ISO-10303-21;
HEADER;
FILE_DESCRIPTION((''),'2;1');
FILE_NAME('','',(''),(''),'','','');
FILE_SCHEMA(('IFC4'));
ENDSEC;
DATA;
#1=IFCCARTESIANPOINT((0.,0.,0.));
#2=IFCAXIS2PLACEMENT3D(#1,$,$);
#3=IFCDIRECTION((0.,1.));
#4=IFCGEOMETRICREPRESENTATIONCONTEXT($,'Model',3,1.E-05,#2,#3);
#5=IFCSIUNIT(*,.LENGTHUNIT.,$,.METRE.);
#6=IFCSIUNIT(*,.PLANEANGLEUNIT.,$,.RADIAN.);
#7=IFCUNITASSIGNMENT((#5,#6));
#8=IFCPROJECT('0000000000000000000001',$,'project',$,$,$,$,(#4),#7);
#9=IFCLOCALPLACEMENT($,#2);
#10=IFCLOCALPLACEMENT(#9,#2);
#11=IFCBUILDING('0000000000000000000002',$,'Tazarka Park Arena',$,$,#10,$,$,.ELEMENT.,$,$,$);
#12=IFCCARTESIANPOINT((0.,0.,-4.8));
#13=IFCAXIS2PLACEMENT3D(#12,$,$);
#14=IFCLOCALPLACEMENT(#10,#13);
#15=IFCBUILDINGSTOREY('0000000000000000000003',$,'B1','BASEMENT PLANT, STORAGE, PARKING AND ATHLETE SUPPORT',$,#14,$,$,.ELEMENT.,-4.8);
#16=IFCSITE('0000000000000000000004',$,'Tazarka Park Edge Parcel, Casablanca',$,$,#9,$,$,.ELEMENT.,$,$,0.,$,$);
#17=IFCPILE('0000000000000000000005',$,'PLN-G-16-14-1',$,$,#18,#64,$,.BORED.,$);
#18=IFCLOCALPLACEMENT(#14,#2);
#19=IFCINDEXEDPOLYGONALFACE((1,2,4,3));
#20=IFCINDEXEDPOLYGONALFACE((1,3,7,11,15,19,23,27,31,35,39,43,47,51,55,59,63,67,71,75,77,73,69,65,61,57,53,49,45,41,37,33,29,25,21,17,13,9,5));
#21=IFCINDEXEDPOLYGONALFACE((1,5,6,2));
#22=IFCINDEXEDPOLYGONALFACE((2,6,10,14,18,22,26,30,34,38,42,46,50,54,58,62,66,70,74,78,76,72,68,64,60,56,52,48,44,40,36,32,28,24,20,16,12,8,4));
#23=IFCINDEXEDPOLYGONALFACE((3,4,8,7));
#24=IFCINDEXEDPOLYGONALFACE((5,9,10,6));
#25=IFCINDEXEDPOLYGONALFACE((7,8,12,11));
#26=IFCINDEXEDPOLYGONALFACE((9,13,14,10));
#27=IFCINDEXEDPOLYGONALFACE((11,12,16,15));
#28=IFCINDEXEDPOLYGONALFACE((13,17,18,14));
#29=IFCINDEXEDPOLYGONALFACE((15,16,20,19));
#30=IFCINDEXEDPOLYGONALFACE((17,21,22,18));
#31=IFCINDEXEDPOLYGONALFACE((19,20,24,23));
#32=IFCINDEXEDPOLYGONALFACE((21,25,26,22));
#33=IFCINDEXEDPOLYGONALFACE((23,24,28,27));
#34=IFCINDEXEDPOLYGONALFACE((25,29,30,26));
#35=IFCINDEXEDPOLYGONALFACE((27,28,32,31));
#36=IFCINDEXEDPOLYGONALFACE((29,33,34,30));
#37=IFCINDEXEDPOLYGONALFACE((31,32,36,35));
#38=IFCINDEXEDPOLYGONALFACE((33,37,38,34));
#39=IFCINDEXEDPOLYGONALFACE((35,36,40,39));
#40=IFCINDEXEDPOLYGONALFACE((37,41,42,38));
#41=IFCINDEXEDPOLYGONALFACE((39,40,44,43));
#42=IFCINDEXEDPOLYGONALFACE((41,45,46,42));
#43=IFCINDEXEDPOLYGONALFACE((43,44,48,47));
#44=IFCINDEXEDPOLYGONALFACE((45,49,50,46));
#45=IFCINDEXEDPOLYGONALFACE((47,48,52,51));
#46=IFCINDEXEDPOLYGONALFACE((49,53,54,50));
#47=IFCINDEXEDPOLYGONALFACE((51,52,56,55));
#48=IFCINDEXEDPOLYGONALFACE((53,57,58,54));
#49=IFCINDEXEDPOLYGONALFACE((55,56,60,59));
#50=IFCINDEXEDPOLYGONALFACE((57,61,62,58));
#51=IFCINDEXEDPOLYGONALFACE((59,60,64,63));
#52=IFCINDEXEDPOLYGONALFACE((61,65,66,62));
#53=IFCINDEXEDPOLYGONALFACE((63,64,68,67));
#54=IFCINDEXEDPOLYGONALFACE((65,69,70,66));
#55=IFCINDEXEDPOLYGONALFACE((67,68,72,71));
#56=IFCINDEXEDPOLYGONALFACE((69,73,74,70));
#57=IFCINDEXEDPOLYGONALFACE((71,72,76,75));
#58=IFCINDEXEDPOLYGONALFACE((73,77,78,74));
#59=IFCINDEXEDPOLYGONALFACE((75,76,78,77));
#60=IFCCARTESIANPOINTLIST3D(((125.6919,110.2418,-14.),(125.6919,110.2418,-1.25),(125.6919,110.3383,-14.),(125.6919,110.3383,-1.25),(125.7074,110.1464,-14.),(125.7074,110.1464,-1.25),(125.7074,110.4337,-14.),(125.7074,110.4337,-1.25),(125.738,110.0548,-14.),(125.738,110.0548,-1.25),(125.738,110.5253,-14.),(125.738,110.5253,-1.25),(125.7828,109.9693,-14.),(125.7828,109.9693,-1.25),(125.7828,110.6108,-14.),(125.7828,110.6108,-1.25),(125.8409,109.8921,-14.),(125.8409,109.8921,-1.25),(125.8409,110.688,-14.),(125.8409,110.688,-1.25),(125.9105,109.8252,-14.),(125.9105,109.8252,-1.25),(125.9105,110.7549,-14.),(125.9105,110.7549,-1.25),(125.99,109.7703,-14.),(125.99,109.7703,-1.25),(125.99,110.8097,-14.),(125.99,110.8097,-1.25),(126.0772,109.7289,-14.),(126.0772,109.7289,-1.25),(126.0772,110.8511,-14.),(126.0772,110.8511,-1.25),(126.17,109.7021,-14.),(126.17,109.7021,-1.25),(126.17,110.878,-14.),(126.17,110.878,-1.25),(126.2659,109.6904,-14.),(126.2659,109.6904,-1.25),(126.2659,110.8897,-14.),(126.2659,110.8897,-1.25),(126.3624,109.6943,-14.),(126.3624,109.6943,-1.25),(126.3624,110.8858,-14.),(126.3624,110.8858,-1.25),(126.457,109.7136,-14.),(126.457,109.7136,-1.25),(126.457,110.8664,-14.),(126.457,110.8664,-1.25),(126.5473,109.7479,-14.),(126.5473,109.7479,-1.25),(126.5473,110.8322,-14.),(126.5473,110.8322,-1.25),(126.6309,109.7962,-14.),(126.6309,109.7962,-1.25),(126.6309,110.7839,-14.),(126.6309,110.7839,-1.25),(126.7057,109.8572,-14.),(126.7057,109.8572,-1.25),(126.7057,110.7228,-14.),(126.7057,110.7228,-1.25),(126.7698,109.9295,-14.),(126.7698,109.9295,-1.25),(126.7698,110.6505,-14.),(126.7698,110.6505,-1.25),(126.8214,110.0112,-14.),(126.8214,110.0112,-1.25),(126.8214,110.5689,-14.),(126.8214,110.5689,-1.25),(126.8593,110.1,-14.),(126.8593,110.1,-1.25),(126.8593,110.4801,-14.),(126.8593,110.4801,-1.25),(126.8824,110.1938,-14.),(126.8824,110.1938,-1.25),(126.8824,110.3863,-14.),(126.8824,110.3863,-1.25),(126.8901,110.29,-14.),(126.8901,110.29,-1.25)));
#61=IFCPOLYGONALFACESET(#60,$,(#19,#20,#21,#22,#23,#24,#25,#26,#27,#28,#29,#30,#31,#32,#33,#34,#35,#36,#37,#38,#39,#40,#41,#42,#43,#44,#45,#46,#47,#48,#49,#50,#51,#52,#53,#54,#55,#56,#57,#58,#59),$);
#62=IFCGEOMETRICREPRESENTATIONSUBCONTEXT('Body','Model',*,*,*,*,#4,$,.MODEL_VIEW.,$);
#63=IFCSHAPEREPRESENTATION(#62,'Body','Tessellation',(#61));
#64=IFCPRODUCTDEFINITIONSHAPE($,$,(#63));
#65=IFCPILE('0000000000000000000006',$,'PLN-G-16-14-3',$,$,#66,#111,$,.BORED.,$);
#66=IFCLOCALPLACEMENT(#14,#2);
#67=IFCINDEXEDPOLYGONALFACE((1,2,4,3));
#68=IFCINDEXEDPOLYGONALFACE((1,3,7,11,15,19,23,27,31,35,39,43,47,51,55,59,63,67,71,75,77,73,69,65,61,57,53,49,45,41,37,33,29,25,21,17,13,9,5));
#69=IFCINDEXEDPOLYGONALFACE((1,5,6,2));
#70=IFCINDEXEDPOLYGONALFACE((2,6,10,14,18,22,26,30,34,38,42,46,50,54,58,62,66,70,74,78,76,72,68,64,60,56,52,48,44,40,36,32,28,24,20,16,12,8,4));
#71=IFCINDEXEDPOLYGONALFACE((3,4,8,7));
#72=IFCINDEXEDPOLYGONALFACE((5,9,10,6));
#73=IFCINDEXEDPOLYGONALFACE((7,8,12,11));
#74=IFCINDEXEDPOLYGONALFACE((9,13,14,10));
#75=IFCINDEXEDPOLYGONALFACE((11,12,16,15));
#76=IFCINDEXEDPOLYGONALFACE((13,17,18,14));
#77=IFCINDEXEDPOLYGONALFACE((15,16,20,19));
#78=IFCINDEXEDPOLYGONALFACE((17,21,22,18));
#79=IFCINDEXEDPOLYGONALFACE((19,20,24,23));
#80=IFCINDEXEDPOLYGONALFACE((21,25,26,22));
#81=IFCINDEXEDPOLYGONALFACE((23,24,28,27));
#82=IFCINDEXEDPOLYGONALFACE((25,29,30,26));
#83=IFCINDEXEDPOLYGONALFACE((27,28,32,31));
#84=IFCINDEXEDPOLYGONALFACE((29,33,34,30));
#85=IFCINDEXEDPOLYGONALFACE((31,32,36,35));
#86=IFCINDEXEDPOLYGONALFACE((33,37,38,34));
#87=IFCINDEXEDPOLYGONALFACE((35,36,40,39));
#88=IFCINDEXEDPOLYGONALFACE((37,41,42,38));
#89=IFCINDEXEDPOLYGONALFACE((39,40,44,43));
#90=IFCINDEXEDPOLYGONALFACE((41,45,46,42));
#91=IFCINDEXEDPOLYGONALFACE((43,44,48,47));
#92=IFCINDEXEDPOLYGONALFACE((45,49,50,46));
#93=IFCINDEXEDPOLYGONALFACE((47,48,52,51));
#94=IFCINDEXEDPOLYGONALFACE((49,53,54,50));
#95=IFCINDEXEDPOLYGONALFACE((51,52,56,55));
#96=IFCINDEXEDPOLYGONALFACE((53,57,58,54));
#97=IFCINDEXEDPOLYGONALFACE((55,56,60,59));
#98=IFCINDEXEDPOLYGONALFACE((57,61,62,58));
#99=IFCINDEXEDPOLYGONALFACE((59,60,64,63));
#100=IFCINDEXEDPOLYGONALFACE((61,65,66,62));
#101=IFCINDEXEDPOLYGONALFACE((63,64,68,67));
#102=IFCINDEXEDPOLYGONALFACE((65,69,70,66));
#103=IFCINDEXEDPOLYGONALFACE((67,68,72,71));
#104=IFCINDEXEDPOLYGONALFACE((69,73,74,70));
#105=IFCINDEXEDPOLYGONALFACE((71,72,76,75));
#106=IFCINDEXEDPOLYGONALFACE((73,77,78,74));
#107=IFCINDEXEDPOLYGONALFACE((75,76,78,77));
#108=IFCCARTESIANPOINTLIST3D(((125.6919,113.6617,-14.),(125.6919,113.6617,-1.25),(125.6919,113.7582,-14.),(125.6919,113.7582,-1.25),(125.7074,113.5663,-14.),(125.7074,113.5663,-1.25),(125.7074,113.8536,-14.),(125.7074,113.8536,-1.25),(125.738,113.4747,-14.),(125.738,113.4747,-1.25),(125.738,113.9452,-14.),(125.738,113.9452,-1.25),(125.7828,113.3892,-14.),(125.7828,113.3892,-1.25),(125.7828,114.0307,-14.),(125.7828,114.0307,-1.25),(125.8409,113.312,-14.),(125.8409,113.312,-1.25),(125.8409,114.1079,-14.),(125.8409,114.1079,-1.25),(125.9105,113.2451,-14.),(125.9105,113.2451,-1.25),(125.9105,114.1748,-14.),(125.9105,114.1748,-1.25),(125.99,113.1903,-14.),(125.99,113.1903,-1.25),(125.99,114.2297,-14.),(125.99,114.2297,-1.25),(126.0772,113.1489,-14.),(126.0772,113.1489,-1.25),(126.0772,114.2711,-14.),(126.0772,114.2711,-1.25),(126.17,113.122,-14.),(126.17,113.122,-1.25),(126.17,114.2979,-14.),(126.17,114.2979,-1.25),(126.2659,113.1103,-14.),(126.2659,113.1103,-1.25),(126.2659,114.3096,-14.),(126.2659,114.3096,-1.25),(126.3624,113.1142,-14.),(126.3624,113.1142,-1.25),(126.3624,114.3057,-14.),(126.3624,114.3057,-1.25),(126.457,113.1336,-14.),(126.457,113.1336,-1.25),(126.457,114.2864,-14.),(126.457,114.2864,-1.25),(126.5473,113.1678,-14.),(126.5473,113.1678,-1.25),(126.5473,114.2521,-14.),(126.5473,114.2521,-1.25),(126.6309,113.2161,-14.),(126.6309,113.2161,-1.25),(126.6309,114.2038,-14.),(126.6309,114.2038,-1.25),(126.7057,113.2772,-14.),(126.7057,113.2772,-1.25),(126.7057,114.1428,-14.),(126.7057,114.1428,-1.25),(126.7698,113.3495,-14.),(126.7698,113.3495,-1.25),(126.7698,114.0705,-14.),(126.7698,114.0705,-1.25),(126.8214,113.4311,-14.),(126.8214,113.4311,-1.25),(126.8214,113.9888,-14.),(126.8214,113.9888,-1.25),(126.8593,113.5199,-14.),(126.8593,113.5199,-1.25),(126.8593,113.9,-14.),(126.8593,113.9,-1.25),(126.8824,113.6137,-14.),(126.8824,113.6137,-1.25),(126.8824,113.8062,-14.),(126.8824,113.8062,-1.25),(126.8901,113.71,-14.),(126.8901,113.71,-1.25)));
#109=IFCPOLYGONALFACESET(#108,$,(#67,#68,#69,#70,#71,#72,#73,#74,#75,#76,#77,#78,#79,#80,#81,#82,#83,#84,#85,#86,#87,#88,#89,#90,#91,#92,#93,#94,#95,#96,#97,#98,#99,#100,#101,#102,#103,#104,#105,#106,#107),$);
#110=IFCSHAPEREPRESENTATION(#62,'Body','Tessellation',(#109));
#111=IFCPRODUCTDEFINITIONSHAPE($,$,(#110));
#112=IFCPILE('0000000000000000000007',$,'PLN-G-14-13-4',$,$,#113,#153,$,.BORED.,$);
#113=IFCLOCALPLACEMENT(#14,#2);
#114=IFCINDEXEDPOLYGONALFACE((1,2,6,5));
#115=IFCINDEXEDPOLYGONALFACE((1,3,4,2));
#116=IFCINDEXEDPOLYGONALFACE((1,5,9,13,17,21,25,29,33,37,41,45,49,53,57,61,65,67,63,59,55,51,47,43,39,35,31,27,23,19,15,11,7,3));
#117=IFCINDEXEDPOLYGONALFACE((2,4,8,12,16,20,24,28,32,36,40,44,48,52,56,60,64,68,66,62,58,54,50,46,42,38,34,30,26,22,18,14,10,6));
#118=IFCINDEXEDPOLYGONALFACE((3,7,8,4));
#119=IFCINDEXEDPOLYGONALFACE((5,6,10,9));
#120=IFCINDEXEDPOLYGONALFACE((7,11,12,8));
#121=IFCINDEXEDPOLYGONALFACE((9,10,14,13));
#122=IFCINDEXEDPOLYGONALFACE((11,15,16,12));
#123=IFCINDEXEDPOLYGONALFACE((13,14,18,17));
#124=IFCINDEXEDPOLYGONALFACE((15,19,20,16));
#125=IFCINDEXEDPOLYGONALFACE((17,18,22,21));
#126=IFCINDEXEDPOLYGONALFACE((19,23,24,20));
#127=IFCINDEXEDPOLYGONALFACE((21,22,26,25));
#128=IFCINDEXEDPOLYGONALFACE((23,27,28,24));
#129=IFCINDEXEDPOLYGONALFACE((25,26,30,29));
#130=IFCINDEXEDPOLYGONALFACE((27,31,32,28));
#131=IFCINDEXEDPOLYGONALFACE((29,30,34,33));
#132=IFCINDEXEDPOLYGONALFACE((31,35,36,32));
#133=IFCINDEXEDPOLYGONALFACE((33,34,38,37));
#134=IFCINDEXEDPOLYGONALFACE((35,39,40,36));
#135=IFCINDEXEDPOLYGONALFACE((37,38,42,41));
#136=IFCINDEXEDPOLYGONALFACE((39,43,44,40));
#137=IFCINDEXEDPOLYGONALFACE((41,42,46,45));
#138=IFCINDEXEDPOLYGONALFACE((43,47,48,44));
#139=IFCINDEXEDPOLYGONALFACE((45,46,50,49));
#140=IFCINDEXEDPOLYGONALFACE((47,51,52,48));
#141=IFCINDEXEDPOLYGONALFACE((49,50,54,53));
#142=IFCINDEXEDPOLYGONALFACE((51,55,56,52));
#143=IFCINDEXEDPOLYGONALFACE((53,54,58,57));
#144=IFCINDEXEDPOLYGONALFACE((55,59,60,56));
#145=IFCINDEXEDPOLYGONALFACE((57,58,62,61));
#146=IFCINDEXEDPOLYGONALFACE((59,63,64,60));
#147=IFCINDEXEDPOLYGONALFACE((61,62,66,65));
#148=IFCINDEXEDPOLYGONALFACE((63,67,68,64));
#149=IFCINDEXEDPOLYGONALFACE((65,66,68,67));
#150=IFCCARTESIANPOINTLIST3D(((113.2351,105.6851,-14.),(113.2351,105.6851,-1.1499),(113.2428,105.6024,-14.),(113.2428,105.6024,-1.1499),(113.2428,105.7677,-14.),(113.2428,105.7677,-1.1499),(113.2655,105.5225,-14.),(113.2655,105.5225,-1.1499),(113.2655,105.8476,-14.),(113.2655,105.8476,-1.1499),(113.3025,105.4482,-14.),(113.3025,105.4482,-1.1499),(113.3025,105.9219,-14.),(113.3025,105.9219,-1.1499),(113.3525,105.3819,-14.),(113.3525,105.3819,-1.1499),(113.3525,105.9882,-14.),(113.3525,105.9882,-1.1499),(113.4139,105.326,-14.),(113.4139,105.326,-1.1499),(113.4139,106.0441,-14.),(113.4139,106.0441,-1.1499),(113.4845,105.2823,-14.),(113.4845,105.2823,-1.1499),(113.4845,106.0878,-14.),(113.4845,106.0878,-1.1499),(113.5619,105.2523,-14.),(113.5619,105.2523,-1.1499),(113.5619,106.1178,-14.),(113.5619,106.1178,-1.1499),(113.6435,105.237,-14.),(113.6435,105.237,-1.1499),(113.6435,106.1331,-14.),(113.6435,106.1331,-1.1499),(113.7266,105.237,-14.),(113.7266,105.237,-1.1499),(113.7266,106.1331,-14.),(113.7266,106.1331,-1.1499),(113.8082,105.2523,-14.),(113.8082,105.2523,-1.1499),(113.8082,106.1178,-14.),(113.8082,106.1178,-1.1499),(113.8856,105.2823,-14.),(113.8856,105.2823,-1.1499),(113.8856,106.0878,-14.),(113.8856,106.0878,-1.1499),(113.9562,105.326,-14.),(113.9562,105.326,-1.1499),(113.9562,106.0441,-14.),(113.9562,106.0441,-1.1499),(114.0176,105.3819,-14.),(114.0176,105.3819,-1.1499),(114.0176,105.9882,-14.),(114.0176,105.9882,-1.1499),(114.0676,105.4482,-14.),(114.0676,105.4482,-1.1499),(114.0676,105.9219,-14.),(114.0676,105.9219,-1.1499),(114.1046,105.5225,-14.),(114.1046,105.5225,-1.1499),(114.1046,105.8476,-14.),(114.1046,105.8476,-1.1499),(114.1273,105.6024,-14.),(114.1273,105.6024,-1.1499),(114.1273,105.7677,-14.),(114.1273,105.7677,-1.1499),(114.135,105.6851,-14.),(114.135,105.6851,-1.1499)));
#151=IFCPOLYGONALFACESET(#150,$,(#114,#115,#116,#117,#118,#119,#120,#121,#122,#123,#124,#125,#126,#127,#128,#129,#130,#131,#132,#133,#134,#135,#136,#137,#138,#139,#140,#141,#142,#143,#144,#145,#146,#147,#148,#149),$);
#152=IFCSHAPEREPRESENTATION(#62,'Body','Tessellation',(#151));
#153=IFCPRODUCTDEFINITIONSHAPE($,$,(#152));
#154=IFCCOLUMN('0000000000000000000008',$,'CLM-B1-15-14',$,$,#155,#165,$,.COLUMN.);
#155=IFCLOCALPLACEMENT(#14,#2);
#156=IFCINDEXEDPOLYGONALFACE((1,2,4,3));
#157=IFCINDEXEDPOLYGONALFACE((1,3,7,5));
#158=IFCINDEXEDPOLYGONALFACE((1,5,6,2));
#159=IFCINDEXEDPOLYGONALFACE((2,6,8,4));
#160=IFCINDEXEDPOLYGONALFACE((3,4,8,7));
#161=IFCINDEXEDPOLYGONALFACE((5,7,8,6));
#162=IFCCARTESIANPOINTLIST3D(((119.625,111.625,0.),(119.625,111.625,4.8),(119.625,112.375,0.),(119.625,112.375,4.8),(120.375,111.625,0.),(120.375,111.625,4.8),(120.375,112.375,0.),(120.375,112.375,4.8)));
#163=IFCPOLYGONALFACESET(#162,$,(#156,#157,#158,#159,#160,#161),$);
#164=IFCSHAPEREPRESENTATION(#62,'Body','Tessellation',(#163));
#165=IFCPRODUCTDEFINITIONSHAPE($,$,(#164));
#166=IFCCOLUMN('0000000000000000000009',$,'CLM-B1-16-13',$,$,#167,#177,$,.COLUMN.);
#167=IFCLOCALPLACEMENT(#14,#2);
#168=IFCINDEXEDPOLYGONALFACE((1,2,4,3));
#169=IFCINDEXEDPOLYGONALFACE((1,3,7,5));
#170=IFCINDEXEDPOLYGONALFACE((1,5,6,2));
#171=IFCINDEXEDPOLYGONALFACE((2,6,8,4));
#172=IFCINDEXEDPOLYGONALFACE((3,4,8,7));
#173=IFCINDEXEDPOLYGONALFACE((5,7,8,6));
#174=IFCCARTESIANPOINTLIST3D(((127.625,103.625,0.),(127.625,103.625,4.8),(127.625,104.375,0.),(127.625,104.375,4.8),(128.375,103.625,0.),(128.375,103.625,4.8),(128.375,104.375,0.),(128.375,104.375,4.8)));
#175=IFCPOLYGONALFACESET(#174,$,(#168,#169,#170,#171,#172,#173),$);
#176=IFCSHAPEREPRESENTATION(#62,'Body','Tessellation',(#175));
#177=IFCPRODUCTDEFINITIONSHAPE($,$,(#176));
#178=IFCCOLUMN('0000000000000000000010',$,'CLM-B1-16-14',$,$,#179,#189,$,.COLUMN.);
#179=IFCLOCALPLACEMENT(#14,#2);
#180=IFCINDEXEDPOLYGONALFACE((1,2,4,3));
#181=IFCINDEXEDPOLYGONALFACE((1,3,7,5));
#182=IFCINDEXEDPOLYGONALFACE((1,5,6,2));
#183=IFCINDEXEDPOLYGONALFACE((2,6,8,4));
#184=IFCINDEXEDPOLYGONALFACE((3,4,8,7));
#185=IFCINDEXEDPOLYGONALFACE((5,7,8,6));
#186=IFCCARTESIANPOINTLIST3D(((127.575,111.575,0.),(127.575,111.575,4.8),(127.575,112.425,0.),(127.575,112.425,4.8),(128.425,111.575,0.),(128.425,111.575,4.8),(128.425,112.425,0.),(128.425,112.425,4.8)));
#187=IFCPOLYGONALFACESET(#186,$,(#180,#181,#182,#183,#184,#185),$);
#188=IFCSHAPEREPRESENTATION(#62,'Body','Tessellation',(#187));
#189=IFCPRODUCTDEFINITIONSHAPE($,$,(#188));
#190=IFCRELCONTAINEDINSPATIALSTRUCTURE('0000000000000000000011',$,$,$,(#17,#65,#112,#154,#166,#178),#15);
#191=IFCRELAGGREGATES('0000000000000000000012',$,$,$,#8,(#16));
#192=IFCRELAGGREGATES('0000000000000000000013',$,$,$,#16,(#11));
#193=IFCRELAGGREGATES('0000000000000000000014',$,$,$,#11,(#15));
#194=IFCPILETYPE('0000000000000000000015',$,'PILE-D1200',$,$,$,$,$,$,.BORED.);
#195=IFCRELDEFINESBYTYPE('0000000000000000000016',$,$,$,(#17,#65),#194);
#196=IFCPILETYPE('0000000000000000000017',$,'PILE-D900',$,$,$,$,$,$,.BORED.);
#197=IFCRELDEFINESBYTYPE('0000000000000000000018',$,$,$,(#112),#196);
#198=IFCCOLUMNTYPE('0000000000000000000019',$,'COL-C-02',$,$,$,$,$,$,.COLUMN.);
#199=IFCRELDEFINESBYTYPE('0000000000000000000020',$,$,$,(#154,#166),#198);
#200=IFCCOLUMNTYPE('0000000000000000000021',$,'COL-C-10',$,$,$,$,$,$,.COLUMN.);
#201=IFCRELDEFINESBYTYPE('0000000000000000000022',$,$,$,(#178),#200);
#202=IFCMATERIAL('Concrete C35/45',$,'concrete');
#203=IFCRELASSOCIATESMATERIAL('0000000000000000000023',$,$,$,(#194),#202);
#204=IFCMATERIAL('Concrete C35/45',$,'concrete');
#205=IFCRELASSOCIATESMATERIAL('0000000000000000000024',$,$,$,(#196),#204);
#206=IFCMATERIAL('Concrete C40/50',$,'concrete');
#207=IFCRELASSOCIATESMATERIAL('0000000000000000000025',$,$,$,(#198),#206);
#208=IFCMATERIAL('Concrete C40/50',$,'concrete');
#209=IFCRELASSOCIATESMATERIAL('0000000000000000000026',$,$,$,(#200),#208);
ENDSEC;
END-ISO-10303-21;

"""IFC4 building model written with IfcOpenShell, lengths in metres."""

from ifc_helpers import new_model, si_unit, direction, frame, origin, origin_2d, place, context, subcontext, project, spatial, rectangle, circle, extrude, material, material_profile, profile_set, type_object, element, save


model = new_model("IFC4")

# Units and contexts
model_context = context("Model", 3, precision=1e-05, world=origin(), true_north=direction((0.0, 1.0)))
body_context = subcontext(model_context, "Body", "Model", "MODEL_VIEW")
ifc_project = project(units=[si_unit("LENGTHUNIT", "METRE"), si_unit("PLANEANGLEUNIT", "RADIAN")], contexts=[model_context])

# Site, building, storey
site_placement = place(None, origin())
site = spatial("IfcSite", under=ifc_project, at=site_placement, Name="Tazarka Park Edge Parcel, Casablanca", CompositionType="ELEMENT", RefElevation=0.0)
building_placement = place(site_placement, origin())
building = spatial("IfcBuilding", under=site, at=building_placement, Name="Tazarka Park Arena", CompositionType="ELEMENT")
storey_placement = place(building_placement, frame((0.0, 0.0, -4.8)))
storey = spatial("IfcBuildingStorey", under=building, at=storey_placement, Name="B1", Description="BASEMENT PLANT, STORAGE, PARKING AND ATHLETE SUPPORT", CompositionType="ELEMENT", Elevation=-4.8)

# Piles
ifc_material_1 = material(Name="Concrete C35/45", Category="concrete")
ifc_material_profile_1 = material_profile(ifc_material_1, circle(Radius=0.6001, at=origin_2d()), Name="Concrete C35/45")
ifc_profile_set_1 = profile_set([ifc_material_profile_1], Name="Concrete C35/45")
pile_type_1 = type_object("IfcPileType", Name="PILE-D1200", PredefinedType="BORED", material=ifc_profile_set_1)
for number, where, z_axis, x_axis, name in (
    (1, (126.29, 110.29, -1.25), (0.0, 0.0, -1.0), (1.0, 0.0, 0.0), "PLN-G-16-14-1"),
    (2, (126.29, 113.71, -1.25), (0.0, 0.0, -1.0), (1.0, 0.0, 0.0), "PLN-G-16-14-3"),
):
    element("IfcPile", number, at=place(storey_placement, frame(where, z_axis=z_axis, x_axis=x_axis)), inside=storey, type_object=pile_type_1, Name=name, PredefinedType="BORED", context=body_context, shape_type="SweptSolid", body=[
        extrude(circle(Radius=0.6001, at=origin_2d()), origin(), (0.0, 0.0, 1.0), 12.75),
    ])
ifc_material_2 = material(Name="Concrete C35/45", Category="concrete")
ifc_material_profile_2 = material_profile(ifc_material_2, circle(Radius=0.45, at=origin_2d()), Name="Concrete C35/45")
ifc_profile_set_2 = profile_set([ifc_material_profile_2], Name="Concrete C35/45")
pile_type_2 = type_object("IfcPileType", Name="PILE-D900", PredefinedType="BORED", material=ifc_profile_set_2)
pile_placement = place(storey_placement, frame((113.6851, 105.6851, -1.1499), z_axis=(0.0, 0.0, -1.0), x_axis=(1.0, 0.0, 0.0)))
element("IfcPile", 3, at=pile_placement, inside=storey, type_object=pile_type_2, Name="PLN-G-14-13-4", PredefinedType="BORED", context=body_context, shape_type="SweptSolid", body=[
    extrude(circle(Radius=0.45, at=origin_2d()), origin(), (0.0, 0.0, 1.0), 12.8501),
])

# Columns
ifc_material_3 = material(Name="Concrete C40/50", Category="concrete")
ifc_material_profile_3 = material_profile(ifc_material_3, rectangle(XDim=0.75, YDim=0.75, at=origin_2d()), Name="Concrete C40/50")
ifc_profile_set_3 = profile_set([ifc_material_profile_3], Name="Concrete C40/50")
column_type_1 = type_object("IfcColumnType", Name="COL-C-02", PredefinedType="COLUMN", material=ifc_profile_set_3)
for number, where, z_axis, x_axis, name in (
    (4, (120.0, 112.0, 0.0), (0.0, 0.0, 1.0), (1.0, 0.0, 0.0), "CLM-B1-15-14"),
    (5, (128.0, 104.0, 0.0), (0.0, 0.0, 1.0), (1.0, 0.0, 0.0), "CLM-B1-16-13"),
):
    element("IfcColumn", number, at=place(storey_placement, frame(where, z_axis=z_axis, x_axis=x_axis)), inside=storey, type_object=column_type_1, Name=name, PredefinedType="COLUMN", context=body_context, shape_type="SweptSolid", body=[
        extrude(rectangle(XDim=0.75, YDim=0.75, at=origin_2d()), origin(), (0.0, 0.0, 1.0), 4.8),
    ])
ifc_material_4 = material(Name="Concrete C40/50", Category="concrete")
ifc_material_profile_4 = material_profile(ifc_material_4, rectangle(XDim=0.8501, YDim=0.8501, at=origin_2d()), Name="Concrete C40/50")
ifc_profile_set_4 = profile_set([ifc_material_profile_4], Name="Concrete C40/50")
column_type_2 = type_object("IfcColumnType", Name="COL-C-10", PredefinedType="COLUMN", material=ifc_profile_set_4)
column_placement = place(storey_placement, frame((128.0, 112.0, 0.0), z_axis=(0.0, 0.0, 1.0), x_axis=(1.0, 0.0, 0.0)))
element("IfcColumn", 6, at=column_placement, inside=storey, type_object=column_type_2, Name="CLM-B1-16-14", PredefinedType="COLUMN", context=body_context, shape_type="SweptSolid", body=[
    extrude(rectangle(XDim=0.8501, YDim=0.8501, at=origin_2d()), origin(), (0.0, 0.0, 1.0), 4.8),
])

save(model, "model.ifc")
